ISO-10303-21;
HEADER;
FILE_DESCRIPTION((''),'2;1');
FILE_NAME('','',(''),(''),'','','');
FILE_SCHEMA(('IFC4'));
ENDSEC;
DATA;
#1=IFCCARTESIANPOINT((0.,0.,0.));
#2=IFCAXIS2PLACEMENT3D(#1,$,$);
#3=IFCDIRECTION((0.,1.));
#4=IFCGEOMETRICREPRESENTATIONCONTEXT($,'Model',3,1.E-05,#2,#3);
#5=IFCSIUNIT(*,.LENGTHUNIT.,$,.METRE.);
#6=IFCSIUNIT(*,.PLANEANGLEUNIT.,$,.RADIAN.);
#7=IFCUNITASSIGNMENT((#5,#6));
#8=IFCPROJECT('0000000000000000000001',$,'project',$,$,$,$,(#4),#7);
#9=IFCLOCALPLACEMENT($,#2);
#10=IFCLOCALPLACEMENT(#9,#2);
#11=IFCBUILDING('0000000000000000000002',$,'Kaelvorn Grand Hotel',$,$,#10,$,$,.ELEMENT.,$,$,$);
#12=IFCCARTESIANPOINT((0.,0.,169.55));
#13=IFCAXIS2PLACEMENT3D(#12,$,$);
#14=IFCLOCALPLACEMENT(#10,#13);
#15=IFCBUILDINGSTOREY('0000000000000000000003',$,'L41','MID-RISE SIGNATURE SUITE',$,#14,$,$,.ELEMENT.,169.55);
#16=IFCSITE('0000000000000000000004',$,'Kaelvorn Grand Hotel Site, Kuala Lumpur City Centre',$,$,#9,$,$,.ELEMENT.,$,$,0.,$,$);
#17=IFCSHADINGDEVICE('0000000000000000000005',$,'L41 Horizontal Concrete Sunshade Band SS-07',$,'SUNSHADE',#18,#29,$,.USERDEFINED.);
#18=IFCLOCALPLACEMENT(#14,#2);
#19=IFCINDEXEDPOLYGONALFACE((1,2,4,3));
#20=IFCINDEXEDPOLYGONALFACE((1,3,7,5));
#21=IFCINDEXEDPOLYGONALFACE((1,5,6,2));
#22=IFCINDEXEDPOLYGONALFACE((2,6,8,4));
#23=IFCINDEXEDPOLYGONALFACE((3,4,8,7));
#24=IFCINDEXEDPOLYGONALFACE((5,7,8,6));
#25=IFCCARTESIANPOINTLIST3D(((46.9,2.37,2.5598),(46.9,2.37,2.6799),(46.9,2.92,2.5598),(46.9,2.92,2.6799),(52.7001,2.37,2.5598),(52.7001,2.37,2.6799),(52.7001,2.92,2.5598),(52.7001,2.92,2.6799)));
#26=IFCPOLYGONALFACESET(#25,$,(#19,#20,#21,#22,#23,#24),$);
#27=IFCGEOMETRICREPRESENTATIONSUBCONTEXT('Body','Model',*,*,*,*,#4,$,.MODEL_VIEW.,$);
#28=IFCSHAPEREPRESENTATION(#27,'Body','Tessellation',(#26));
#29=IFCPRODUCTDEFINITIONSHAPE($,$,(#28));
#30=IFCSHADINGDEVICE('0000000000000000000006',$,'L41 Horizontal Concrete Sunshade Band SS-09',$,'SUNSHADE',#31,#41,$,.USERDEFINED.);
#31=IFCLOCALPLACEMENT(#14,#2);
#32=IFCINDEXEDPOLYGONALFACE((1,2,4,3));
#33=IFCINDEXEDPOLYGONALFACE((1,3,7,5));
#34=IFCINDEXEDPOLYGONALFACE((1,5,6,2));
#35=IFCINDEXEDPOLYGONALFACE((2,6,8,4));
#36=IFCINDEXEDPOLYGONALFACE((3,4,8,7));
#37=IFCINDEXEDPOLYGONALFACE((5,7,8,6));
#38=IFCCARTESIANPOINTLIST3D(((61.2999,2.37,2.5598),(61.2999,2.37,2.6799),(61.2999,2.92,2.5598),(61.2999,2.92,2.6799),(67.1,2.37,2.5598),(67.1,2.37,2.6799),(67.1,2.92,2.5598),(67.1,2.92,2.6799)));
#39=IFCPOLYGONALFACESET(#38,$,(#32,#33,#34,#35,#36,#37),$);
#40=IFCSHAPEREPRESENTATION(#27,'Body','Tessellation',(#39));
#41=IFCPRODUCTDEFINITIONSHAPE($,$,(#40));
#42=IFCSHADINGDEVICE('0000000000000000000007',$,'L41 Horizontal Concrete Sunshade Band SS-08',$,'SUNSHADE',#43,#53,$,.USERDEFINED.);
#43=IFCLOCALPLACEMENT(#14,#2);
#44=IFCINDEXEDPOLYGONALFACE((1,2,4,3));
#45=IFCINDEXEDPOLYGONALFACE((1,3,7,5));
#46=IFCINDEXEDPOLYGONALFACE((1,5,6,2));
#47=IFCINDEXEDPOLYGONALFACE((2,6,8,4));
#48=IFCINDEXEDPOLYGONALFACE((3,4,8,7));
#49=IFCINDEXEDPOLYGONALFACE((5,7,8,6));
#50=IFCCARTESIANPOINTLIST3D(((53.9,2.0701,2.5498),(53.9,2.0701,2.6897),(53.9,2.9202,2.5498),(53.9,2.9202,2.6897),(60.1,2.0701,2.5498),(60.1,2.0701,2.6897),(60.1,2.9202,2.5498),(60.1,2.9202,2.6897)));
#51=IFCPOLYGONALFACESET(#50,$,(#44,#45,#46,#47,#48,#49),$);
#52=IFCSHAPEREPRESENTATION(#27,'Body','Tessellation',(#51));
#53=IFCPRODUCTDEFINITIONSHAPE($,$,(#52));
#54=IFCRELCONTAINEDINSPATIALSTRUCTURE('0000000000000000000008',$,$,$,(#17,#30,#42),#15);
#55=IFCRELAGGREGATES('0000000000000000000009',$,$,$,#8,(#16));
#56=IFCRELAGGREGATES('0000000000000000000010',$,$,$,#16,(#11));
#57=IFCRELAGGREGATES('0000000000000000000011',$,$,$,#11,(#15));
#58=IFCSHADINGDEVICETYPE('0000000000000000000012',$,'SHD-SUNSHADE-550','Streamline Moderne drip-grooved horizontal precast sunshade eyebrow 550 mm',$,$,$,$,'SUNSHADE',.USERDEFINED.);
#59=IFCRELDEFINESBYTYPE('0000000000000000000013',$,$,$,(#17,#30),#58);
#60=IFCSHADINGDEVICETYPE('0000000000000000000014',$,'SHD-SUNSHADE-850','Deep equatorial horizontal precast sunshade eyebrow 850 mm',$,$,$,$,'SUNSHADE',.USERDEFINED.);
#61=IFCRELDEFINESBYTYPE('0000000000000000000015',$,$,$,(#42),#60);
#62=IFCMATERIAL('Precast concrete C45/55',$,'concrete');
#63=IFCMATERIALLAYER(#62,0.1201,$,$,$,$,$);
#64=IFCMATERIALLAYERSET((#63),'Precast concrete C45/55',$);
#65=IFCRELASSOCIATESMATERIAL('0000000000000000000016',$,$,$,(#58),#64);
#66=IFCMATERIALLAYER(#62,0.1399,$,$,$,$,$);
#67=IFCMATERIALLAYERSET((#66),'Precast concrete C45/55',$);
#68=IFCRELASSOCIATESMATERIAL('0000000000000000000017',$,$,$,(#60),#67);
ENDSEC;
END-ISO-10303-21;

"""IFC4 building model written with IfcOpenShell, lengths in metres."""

from ifc_helpers import new_model, si_unit, direction, frame, origin, origin_2d, place, context, subcontext, project, spatial, rectangle, extrude, material, layer, layer_set, type_object, element, save


model = new_model("IFC4")

# Units and contexts
model_context = context("Model", 3, precision=1e-05, world=origin(), true_north=direction((0.0, 1.0)))
body_context = subcontext(model_context, "Body", "Model", "MODEL_VIEW")
ifc_project = project(units=[si_unit("LENGTHUNIT", "METRE"), si_unit("PLANEANGLEUNIT", "RADIAN")], contexts=[model_context])

# Site, building, storey
site_placement = place(None, origin())
site = spatial("IfcSite", under=ifc_project, at=site_placement, Name="Kaelvorn Grand Hotel Site, Kuala Lumpur City Centre", CompositionType="ELEMENT", RefElevation=0.0)
building_placement = place(site_placement, origin())
building = spatial("IfcBuilding", under=site, at=building_placement, Name="Kaelvorn Grand Hotel", CompositionType="ELEMENT")
storey_placement = place(building_placement, frame((0.0, 0.0, 169.55)))
storey = spatial("IfcBuildingStorey", under=building, at=storey_placement, Name="L41", Description="MID-RISE SIGNATURE SUITE", CompositionType="ELEMENT", Elevation=169.55)

# Shading devices
ifc_material_1 = material(Name="Precast concrete C45/55", Category="concrete")
ifc_layer_1 = layer(ifc_material_1, 0.1201)
ifc_layer_set_1 = layer_set([ifc_layer_1], Name="Precast concrete C45/55")
shading_device_type_1 = type_object("IfcShadingDeviceType", Name="SHD-SUNSHADE-550", Description="Streamline Moderne drip-grooved horizontal precast sunshade eyebrow 550 mm", ElementType="SUNSHADE", PredefinedType="USERDEFINED", material=ifc_layer_set_1)
for number, where, z_axis, x_axis, name in (
    (1, (49.8, 2.645, 2.5598), (0.0, 0.0, 1.0), (1.0, 0.0, 0.0), "L41 Horizontal Concrete Sunshade Band SS-07"),
    (2, (64.2, 2.645, 2.5598), (0.0, 0.0, 1.0), (1.0, 0.0, 0.0), "L41 Horizontal Concrete Sunshade Band SS-09"),
):
    element("IfcShadingDevice", number, at=place(storey_placement, frame(where, z_axis=z_axis, x_axis=x_axis)), inside=storey, type_object=shading_device_type_1, Name=name, ObjectType="SUNSHADE", PredefinedType="USERDEFINED", context=body_context, shape_type="SweptSolid", body=[
        extrude(rectangle(XDim=5.8, YDim=0.55, at=origin_2d()), origin(), (0.0, 0.0, 1.0), 0.1201),
    ])
ifc_layer_2 = layer(ifc_material_1, 0.1399)
ifc_layer_set_2 = layer_set([ifc_layer_2], Name="Precast concrete C45/55")
shading_device_type_2 = type_object("IfcShadingDeviceType", Name="SHD-SUNSHADE-850", Description="Deep equatorial horizontal precast sunshade eyebrow 850 mm", ElementType="SUNSHADE", PredefinedType="USERDEFINED", material=ifc_layer_set_2)
shading_device_placement = place(storey_placement, frame((57.0, 2.4951, 2.5498), z_axis=(0.0, 0.0, 1.0), x_axis=(1.0, 0.0, 0.0)))
element("IfcShadingDevice", 3, at=shading_device_placement, inside=storey, type_object=shading_device_type_2, Name="L41 Horizontal Concrete Sunshade Band SS-08", ObjectType="SUNSHADE", PredefinedType="USERDEFINED", context=body_context, shape_type="SweptSolid", body=[
    extrude(rectangle(XDim=6.2, YDim=0.8501, at=origin_2d()), origin(), (0.0, 0.0, 1.0), 0.1399),
])

save(model, "model.ifc")
